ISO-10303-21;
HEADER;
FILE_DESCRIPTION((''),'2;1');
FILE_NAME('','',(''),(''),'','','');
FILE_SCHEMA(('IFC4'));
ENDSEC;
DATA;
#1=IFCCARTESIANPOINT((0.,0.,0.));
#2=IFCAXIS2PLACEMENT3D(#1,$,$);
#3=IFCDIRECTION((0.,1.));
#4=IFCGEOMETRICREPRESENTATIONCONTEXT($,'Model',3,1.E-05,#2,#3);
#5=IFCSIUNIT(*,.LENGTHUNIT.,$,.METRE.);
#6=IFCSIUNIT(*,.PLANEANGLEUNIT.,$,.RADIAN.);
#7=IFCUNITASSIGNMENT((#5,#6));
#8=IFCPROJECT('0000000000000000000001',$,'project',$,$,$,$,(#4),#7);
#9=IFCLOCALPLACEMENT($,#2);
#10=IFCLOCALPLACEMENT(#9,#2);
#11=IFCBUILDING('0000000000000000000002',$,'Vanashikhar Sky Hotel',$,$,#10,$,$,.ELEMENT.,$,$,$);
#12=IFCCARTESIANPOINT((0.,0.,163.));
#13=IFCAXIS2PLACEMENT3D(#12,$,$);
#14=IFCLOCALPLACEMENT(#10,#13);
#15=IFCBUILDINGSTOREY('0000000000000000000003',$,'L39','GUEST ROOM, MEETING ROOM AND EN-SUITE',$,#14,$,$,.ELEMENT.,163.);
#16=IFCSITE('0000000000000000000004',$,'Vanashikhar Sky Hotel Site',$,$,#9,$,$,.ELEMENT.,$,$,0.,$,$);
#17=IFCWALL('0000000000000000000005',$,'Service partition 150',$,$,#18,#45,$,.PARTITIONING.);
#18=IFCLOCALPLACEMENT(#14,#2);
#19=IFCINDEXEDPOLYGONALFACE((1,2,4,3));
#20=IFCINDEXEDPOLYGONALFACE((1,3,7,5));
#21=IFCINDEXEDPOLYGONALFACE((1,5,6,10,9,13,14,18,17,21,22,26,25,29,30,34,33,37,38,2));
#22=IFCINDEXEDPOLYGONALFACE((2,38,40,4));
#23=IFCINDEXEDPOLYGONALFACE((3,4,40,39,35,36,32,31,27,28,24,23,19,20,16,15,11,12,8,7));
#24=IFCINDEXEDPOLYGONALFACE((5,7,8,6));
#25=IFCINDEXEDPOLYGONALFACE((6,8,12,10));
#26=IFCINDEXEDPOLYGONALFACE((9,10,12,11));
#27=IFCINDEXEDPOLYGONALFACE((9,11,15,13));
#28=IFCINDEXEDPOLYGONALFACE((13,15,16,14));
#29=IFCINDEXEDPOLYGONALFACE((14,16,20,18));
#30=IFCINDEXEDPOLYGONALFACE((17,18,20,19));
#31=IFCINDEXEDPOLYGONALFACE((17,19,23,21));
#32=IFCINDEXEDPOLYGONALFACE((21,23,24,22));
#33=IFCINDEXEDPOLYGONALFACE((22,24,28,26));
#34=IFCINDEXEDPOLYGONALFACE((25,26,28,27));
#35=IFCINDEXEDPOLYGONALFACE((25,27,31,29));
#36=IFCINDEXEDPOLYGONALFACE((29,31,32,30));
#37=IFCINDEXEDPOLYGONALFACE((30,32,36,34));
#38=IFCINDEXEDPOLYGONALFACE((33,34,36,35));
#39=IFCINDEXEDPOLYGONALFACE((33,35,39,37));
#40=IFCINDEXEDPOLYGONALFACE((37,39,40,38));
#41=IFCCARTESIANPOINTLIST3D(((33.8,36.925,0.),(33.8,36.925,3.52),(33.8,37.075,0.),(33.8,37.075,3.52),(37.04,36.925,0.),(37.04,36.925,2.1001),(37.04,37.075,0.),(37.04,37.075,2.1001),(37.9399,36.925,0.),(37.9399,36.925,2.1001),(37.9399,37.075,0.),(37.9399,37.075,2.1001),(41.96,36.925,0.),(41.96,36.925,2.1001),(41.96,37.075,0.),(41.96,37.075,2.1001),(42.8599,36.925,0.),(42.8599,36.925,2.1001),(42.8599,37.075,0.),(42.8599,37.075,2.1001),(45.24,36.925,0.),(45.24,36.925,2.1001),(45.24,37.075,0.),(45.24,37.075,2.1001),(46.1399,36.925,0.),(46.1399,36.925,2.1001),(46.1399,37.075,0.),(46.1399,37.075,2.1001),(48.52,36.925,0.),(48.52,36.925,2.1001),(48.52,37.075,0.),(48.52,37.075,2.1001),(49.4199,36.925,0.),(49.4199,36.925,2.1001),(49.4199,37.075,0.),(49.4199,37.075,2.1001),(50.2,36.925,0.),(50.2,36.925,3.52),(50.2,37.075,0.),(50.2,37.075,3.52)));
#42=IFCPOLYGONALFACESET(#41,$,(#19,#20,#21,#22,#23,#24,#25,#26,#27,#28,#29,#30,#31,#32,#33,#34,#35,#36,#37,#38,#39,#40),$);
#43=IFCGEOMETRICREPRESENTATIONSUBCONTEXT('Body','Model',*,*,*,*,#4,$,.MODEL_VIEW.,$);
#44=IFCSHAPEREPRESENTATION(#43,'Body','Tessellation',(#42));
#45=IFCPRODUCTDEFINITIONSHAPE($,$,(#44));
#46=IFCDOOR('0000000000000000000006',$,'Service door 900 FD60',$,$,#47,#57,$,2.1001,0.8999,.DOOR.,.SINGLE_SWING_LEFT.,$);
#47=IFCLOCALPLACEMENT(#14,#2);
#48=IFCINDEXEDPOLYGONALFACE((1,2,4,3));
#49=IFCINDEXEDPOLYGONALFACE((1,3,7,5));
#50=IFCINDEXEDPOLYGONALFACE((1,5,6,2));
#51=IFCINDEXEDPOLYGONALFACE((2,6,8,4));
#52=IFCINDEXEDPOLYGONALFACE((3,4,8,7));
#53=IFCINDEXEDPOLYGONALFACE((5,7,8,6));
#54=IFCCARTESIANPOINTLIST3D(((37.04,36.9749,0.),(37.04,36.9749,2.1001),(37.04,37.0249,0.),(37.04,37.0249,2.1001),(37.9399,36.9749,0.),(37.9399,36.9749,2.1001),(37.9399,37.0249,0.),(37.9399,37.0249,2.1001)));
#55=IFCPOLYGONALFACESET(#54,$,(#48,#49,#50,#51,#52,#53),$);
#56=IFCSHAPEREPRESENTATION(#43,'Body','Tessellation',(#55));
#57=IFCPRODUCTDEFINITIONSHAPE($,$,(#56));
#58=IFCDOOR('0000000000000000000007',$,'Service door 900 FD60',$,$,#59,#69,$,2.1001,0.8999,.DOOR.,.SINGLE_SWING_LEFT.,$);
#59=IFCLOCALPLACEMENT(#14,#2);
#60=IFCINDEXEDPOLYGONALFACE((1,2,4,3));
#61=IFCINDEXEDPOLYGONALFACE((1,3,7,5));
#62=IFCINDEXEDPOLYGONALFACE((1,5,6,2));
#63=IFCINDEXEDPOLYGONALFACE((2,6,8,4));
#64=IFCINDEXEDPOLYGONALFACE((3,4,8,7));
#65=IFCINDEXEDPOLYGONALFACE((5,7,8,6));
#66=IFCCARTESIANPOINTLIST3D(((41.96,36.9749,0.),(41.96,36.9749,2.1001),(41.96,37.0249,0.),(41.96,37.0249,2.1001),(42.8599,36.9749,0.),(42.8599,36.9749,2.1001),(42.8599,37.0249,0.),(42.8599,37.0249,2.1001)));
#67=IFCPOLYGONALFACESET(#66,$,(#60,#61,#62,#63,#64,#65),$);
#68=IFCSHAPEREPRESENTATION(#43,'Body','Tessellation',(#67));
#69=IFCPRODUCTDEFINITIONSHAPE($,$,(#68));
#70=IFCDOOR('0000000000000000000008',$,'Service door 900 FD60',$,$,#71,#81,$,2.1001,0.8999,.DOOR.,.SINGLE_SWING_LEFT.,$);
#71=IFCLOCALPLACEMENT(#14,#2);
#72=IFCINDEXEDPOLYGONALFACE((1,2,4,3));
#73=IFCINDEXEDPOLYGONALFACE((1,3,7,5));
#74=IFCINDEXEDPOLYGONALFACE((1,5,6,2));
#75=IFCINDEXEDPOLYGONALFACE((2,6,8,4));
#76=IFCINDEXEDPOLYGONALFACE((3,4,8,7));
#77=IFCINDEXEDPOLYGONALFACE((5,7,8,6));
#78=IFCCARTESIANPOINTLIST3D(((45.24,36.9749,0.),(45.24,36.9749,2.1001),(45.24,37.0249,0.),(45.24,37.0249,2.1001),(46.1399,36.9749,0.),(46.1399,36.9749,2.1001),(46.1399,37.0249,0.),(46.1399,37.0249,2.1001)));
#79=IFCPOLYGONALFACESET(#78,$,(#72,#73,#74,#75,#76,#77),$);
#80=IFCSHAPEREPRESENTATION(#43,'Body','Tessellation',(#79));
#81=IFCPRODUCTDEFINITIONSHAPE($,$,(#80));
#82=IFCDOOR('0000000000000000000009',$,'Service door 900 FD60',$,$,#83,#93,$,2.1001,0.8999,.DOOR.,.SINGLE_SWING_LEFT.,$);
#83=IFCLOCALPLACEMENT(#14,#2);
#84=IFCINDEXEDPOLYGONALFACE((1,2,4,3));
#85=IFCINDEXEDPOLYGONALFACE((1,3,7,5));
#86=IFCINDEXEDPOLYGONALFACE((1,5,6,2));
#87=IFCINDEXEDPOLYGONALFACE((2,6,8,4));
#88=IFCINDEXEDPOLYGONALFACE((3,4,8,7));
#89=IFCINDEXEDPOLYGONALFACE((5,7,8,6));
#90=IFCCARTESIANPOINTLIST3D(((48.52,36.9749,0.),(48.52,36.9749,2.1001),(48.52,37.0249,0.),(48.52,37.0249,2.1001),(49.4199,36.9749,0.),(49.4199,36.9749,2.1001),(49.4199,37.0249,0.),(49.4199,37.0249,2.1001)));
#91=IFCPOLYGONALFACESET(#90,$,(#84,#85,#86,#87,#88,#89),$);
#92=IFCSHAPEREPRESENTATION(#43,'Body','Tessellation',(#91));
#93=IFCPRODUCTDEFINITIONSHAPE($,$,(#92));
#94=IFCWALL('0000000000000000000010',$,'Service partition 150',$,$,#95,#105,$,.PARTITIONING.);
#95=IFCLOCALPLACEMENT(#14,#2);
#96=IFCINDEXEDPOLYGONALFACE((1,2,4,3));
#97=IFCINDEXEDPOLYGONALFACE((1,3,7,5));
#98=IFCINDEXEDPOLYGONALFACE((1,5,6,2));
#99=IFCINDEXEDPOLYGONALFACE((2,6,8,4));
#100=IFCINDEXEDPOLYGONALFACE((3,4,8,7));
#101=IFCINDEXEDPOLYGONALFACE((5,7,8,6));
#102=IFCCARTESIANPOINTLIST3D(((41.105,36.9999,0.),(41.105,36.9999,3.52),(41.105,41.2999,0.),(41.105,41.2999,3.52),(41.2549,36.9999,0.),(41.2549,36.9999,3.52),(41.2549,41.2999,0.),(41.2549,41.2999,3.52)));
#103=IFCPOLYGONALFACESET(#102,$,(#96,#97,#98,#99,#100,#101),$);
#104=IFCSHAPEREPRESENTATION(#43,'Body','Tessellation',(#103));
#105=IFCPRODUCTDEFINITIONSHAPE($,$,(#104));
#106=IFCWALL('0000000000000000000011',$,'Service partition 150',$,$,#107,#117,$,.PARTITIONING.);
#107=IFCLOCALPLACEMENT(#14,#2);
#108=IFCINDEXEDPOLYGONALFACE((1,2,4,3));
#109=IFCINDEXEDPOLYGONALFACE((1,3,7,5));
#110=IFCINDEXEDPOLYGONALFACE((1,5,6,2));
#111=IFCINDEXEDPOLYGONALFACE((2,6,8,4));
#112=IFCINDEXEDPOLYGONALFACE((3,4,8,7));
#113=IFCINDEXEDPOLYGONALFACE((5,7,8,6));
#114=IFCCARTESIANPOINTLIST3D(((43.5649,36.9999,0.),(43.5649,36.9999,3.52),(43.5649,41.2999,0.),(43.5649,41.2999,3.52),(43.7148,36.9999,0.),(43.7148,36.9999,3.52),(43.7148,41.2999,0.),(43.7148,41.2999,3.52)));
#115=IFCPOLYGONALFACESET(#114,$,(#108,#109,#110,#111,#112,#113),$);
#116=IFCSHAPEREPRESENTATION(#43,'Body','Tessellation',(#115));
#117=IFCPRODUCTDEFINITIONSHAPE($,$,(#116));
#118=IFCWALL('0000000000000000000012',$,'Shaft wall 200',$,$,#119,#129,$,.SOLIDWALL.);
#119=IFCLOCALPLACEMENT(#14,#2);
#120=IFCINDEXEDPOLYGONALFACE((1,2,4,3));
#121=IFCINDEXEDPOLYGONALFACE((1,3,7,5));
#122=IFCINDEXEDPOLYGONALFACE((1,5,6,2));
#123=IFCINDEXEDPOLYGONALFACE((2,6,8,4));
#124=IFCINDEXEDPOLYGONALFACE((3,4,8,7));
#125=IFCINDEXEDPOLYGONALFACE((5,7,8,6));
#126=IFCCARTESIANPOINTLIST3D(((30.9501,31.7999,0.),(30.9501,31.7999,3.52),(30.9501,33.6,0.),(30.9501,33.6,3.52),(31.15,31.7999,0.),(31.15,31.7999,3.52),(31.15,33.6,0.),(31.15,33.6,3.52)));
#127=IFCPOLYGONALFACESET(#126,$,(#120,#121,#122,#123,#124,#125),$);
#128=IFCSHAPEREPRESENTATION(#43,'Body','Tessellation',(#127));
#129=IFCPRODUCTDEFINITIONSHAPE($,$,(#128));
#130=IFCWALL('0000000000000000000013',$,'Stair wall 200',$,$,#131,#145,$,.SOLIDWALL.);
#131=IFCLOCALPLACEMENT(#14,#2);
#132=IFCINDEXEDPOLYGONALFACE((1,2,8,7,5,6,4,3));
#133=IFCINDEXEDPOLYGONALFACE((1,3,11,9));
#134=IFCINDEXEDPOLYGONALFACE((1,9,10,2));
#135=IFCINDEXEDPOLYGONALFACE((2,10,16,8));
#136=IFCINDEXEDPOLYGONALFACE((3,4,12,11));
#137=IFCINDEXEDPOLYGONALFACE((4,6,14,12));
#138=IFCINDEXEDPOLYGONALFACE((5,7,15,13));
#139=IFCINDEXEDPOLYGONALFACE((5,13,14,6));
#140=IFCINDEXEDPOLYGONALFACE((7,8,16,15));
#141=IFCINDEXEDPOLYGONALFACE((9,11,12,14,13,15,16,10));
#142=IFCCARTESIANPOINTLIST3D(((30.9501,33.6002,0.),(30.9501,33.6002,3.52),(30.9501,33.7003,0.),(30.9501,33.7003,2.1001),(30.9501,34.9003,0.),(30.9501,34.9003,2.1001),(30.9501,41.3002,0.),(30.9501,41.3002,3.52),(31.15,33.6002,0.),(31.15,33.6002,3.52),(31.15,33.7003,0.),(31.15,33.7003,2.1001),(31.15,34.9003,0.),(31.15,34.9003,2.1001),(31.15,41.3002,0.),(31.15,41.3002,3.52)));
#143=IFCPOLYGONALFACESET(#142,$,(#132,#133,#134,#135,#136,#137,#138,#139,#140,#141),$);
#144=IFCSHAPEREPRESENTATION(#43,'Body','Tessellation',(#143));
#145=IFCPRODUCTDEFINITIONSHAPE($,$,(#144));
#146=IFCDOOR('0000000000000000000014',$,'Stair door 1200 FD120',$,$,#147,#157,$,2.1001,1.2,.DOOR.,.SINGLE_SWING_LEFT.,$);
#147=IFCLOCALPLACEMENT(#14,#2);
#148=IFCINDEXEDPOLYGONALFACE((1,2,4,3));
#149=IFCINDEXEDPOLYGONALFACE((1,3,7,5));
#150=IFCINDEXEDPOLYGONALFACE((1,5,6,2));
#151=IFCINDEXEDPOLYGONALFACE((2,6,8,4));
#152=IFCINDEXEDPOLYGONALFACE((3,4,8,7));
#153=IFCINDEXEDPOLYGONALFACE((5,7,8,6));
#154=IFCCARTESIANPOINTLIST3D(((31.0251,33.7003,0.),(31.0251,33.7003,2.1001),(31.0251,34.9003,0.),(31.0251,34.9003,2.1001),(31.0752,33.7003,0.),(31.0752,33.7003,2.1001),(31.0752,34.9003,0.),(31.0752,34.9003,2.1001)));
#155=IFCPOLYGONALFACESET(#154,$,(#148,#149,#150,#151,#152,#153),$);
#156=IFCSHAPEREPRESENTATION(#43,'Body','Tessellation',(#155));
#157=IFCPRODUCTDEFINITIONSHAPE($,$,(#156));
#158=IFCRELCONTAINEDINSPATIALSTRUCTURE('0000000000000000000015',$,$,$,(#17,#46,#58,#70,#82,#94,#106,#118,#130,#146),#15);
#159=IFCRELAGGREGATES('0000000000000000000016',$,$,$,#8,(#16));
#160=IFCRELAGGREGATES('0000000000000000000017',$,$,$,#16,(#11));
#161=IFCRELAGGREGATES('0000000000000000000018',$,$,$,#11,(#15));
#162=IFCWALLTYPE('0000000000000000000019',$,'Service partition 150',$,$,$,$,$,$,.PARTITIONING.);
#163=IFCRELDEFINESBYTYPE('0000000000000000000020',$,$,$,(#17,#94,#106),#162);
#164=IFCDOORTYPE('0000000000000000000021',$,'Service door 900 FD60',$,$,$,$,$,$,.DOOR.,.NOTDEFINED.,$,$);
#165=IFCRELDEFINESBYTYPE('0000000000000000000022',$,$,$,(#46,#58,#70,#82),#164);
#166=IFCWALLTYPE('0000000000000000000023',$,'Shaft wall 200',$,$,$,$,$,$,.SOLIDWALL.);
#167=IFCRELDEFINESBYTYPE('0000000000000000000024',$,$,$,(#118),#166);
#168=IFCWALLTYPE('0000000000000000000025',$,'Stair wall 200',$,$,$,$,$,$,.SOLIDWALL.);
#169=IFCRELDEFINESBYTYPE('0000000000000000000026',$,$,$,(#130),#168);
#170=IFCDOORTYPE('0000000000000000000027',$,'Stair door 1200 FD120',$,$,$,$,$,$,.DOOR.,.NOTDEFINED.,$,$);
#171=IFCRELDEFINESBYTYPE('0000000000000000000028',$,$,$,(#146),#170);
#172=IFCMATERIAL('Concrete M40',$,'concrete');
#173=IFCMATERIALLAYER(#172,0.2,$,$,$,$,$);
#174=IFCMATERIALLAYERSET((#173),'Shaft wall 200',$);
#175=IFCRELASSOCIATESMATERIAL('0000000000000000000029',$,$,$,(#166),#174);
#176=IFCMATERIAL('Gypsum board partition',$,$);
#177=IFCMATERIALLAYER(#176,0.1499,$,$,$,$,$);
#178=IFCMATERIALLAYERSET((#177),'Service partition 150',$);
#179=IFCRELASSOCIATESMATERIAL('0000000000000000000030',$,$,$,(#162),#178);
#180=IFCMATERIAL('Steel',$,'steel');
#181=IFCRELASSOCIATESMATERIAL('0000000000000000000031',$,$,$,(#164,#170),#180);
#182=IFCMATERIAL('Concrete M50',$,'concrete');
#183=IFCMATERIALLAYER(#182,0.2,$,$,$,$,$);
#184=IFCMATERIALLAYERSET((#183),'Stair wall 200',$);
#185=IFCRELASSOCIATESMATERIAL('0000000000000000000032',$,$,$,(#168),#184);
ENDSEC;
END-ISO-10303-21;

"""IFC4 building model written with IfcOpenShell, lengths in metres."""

from ifc_helpers import new_model, si_unit, direction, frame, frame_2d, origin, place, context, subcontext, project, spatial, rectangle, extrude, source, transform, mapped, material, layer, layer_set, type_object, element, fill, save


model = new_model("IFC4")

# Units and contexts
model_context = context("Model", 3, precision=1e-05, world=origin(), true_north=direction((0.0, 1.0)))
body_context = subcontext(model_context, "Body", "Model", "MODEL_VIEW")
ifc_project = project(units=[si_unit("LENGTHUNIT", "METRE"), si_unit("PLANEANGLEUNIT", "RADIAN")], contexts=[model_context])

# Site, building, storey
site_placement = place(None, origin())
site = spatial("IfcSite", under=ifc_project, at=site_placement, Name="Vanashikhar Sky Hotel Site", CompositionType="ELEMENT", RefElevation=0.0)
building_placement = place(site_placement, origin())
building = spatial("IfcBuilding", under=site, at=building_placement, Name="Vanashikhar Sky Hotel", CompositionType="ELEMENT")
storey_placement = place(building_placement, frame((0.0, 0.0, 163.0)))
storey = spatial("IfcBuildingStorey", under=building, at=storey_placement, Name="L39", Description="GUEST ROOM, MEETING ROOM AND EN-SUITE", CompositionType="ELEMENT", Elevation=163.0)

# Shared definitions
ifc_material_1 = material(Name="Steel", Category="steel")

# Shared definitions
ifc_material_2 = material(Name="Concrete M40", Category="concrete")
ifc_layer_1 = layer(ifc_material_2, 0.2)
ifc_layer_set_1 = layer_set([ifc_layer_1], Name="Shaft wall 200")
wall_type_1 = type_object("IfcWallType", Name="Shaft wall 200", PredefinedType="SOLIDWALL", material=ifc_layer_set_1)
ifc_material_3 = material(Name="Gypsum board partition")
ifc_layer_2 = layer(ifc_material_3, 0.1499)
ifc_layer_set_2 = layer_set([ifc_layer_2], Name="Service partition 150")
wall_type_2 = type_object("IfcWallType", Name="Service partition 150", PredefinedType="PARTITIONING", material=ifc_layer_set_2)

# Wall, openings, doors
shared_shape_1 = source(origin(), body_context, "Body", "SweptSolid", [
    extrude(rectangle(XDim=0.8999, YDim=2.1001, at=frame_2d((0.45, 1.05))), frame((0.0, 0.085, 0.0), z_axis=(0.0, -1.0, 0.0), x_axis=(1.0, 0.0, 0.0)), (0.0, 0.0, 1.0), 0.1699),
])
door_type_1 = type_object("IfcDoorType", Name="Service door 900 FD60", OperationType="NOTDEFINED", PredefinedType="DOOR", material=ifc_material_1)
shared_shape_2 = source(origin(), body_context, "Body", "SweptSolid", [
    extrude(rectangle(XDim=0.8999, YDim=2.1001, at=frame_2d((0.45, 1.05))), frame((0.0, 0.0249, 0.0), z_axis=(0.0, -1.0, 0.0), x_axis=(1.0, 0.0, 0.0)), (0.0, 0.0, 1.0), 0.05),
])
shared_shape_3 = source(origin(), body_context, "Body", "SweptSolid", [
    extrude(rectangle(XDim=16.3999, YDim=0.1499, at=frame_2d((8.2, 0.0))), origin(), (0.0, 0.0, 1.0), 3.52),
])
wall_1_placement = place(storey_placement, frame((33.8, 37.0, 0.0), z_axis=(0.0, 0.0, 1.0), x_axis=(1.0, 0.0, 0.0)))
wall_1 = element("IfcWall", 1, at=wall_1_placement, inside=storey, type_object=wall_type_2, Name="Service partition 150", PredefinedType="PARTITIONING", context=body_context, shape_type="MappedRepresentation", body=[
    mapped(shared_shape_3, transform((0.0, 0.0, 0.0), scale=1.0)),
])
opening_1_placement = place(wall_1_placement, frame((3.24, 0.0, 0.0)))
opening_1 = element("IfcOpeningElement", 2, at=opening_1_placement, cuts=wall_1, PredefinedType="OPENING", context=body_context, shape_type="MappedRepresentation", body=[
    mapped(shared_shape_1, transform((0.0, 0.0, 0.0), scale=1.0)),
])
opening_2_placement = place(wall_1_placement, frame((8.1599, 0.0, 0.0)))
opening_2 = element("IfcOpeningElement", 3, at=opening_2_placement, cuts=wall_1, PredefinedType="OPENING", context=body_context, shape_type="MappedRepresentation", body=[
    mapped(shared_shape_1, transform((0.0, 0.0, 0.0), scale=1.0)),
])
opening_3_placement = place(wall_1_placement, frame((11.4399, 0.0, 0.0)))
opening_3 = element("IfcOpeningElement", 4, at=opening_3_placement, cuts=wall_1, PredefinedType="OPENING", context=body_context, shape_type="MappedRepresentation", body=[
    mapped(shared_shape_1, transform((0.0, 0.0, 0.0), scale=1.0)),
])
opening_4_placement = place(wall_1_placement, frame((14.72, 0.0, 0.0)))
opening_4 = element("IfcOpeningElement", 5, at=opening_4_placement, cuts=wall_1, PredefinedType="OPENING", context=body_context, shape_type="MappedRepresentation", body=[
    mapped(shared_shape_1, transform((0.0, 0.0, 0.0), scale=1.0)),
])
door_1_placement = place(opening_1_placement, origin())
door_1 = element("IfcDoor", 6, at=door_1_placement, inside=storey, type_object=door_type_1, Name="Service door 900 FD60", OperationType="SINGLE_SWING_LEFT", OverallHeight=2.1001, OverallWidth=0.8999, PredefinedType="DOOR", context=body_context, shape_type="MappedRepresentation", body=[
    mapped(shared_shape_2, transform((0.0, 0.0, 0.0), scale=1.0)),
])
fill(opening_1, door_1)
door_2_placement = place(opening_2_placement, origin())
door_2 = element("IfcDoor", 7, at=door_2_placement, inside=storey, type_object=door_type_1, Name="Service door 900 FD60", OperationType="SINGLE_SWING_LEFT", OverallHeight=2.1001, OverallWidth=0.8999, PredefinedType="DOOR", context=body_context, shape_type="MappedRepresentation", body=[
    mapped(shared_shape_2, transform((0.0, 0.0, 0.0), scale=1.0)),
])
fill(opening_2, door_2)
door_3_placement = place(opening_3_placement, origin())
door_3 = element("IfcDoor", 8, at=door_3_placement, inside=storey, type_object=door_type_1, Name="Service door 900 FD60", OperationType="SINGLE_SWING_LEFT", OverallHeight=2.1001, OverallWidth=0.8999, PredefinedType="DOOR", context=body_context, shape_type="MappedRepresentation", body=[
    mapped(shared_shape_2, transform((0.0, 0.0, 0.0), scale=1.0)),
])
fill(opening_3, door_3)
door_4_placement = place(opening_4_placement, origin())
door_4 = element("IfcDoor", 9, at=door_4_placement, inside=storey, type_object=door_type_1, Name="Service door 900 FD60", OperationType="SINGLE_SWING_LEFT", OverallHeight=2.1001, OverallWidth=0.8999, PredefinedType="DOOR", context=body_context, shape_type="MappedRepresentation", body=[
    mapped(shared_shape_2, transform((0.0, 0.0, 0.0), scale=1.0)),
])
fill(opening_4, door_4)

# Walls
shared_shape_4 = source(origin(), body_context, "Body", "SweptSolid", [
    extrude(rectangle(XDim=4.3, YDim=0.1499, at=frame_2d((2.1499, 0.0))), origin(), (0.0, 0.0, 1.0), 3.52),
])
for number, where, z_axis, x_axis, name in (
    (10, (41.1799, 37.0, 0.0), (0.0, 0.0, 1.0), (0.0, 1.0, 0.0), "Service partition 150"),
    (11, (43.6399, 37.0, 0.0), (0.0, 0.0, 1.0), (0.0, 1.0, 0.0), "Service partition 150"),
):
    element("IfcWall", number, at=place(storey_placement, frame(where, z_axis=z_axis, x_axis=x_axis)), inside=storey, type_object=wall_type_2, Name=name, PredefinedType="PARTITIONING", context=body_context, shape_type="MappedRepresentation", body=[
        mapped(shared_shape_4, transform((0.0, 0.0, 0.0), scale=1.0)),
    ])
shared_shape_5 = source(origin(), body_context, "Body", "SweptSolid", [
    extrude(rectangle(XDim=1.8, YDim=0.2, at=frame_2d((0.8999, 0.0))), origin(), (0.0, 0.0, 1.0), 3.52),
])
wall_2_placement = place(storey_placement, frame((31.05, 31.8, 0.0), z_axis=(0.0, 0.0, 1.0), x_axis=(0.0, 1.0, 0.0)))
element("IfcWall", 12, at=wall_2_placement, inside=storey, type_object=wall_type_1, Name="Shaft wall 200", PredefinedType="SOLIDWALL", context=body_context, shape_type="MappedRepresentation", body=[
    mapped(shared_shape_5, transform((0.0, 0.0, 0.0), scale=1.0)),
])

# Wall, opening, door
ifc_material_4 = material(Name="Concrete M50", Category="concrete")
ifc_layer_3 = layer(ifc_material_4, 0.2)
ifc_layer_set_3 = layer_set([ifc_layer_3], Name="Stair wall 200")
wall_type_3 = type_object("IfcWallType", Name="Stair wall 200", PredefinedType="SOLIDWALL", material=ifc_layer_set_3)
shared_shape_6 = source(origin(), body_context, "Body", "SweptSolid", [
    extrude(rectangle(XDim=7.7, YDim=0.2, at=frame_2d((3.8501, 0.0))), origin(), (0.0, 0.0, 1.0), 3.52),
])
wall_3_placement = place(storey_placement, frame((31.05, 33.6001, 0.0), z_axis=(0.0, 0.0, 1.0), x_axis=(0.0, 1.0, 0.0)))
wall_3 = element("IfcWall", 13, at=wall_3_placement, inside=storey, type_object=wall_type_3, Name="Stair wall 200", PredefinedType="SOLIDWALL", context=body_context, shape_type="MappedRepresentation", body=[
    mapped(shared_shape_6, transform((0.0, 0.0, 0.0), scale=1.0)),
])
shared_shape_7 = source(origin(), body_context, "Body", "SweptSolid", [
    extrude(rectangle(XDim=1.2, YDim=2.1001, at=frame_2d((0.6001, 1.05))), frame((0.0, 0.1099, 0.0), z_axis=(0.0, -1.0, 0.0), x_axis=(1.0, 0.0, 0.0)), (0.0, 0.0, 1.0), 0.22),
])
opening_5_placement = place(wall_3_placement, frame((0.1001, 0.0, 0.0)))
opening_5 = element("IfcOpeningElement", 14, at=opening_5_placement, cuts=wall_3, PredefinedType="OPENING", context=body_context, shape_type="MappedRepresentation", body=[
    mapped(shared_shape_7, transform((0.0, 0.0, 0.0), scale=1.0)),
])
door_type_2 = type_object("IfcDoorType", Name="Stair door 1200 FD120", OperationType="NOTDEFINED", PredefinedType="DOOR", material=ifc_material_1)
shared_shape_8 = source(origin(), body_context, "Body", "SweptSolid", [
    extrude(rectangle(XDim=1.2, YDim=2.1001, at=frame_2d((0.6001, 1.05))), frame((0.0, 0.0249, 0.0), z_axis=(0.0, -1.0, 0.0), x_axis=(1.0, 0.0, 0.0)), (0.0, 0.0, 1.0), 0.05),
])
door_5_placement = place(opening_5_placement, origin())
door_5 = element("IfcDoor", 15, at=door_5_placement, inside=storey, type_object=door_type_2, Name="Stair door 1200 FD120", OperationType="SINGLE_SWING_LEFT", OverallHeight=2.1001, OverallWidth=1.2, PredefinedType="DOOR", context=body_context, shape_type="MappedRepresentation", body=[
    mapped(shared_shape_8, transform((0.0, 0.0, 0.0), scale=1.0)),
])
fill(opening_5, door_5)

save(model, "model.ifc")
